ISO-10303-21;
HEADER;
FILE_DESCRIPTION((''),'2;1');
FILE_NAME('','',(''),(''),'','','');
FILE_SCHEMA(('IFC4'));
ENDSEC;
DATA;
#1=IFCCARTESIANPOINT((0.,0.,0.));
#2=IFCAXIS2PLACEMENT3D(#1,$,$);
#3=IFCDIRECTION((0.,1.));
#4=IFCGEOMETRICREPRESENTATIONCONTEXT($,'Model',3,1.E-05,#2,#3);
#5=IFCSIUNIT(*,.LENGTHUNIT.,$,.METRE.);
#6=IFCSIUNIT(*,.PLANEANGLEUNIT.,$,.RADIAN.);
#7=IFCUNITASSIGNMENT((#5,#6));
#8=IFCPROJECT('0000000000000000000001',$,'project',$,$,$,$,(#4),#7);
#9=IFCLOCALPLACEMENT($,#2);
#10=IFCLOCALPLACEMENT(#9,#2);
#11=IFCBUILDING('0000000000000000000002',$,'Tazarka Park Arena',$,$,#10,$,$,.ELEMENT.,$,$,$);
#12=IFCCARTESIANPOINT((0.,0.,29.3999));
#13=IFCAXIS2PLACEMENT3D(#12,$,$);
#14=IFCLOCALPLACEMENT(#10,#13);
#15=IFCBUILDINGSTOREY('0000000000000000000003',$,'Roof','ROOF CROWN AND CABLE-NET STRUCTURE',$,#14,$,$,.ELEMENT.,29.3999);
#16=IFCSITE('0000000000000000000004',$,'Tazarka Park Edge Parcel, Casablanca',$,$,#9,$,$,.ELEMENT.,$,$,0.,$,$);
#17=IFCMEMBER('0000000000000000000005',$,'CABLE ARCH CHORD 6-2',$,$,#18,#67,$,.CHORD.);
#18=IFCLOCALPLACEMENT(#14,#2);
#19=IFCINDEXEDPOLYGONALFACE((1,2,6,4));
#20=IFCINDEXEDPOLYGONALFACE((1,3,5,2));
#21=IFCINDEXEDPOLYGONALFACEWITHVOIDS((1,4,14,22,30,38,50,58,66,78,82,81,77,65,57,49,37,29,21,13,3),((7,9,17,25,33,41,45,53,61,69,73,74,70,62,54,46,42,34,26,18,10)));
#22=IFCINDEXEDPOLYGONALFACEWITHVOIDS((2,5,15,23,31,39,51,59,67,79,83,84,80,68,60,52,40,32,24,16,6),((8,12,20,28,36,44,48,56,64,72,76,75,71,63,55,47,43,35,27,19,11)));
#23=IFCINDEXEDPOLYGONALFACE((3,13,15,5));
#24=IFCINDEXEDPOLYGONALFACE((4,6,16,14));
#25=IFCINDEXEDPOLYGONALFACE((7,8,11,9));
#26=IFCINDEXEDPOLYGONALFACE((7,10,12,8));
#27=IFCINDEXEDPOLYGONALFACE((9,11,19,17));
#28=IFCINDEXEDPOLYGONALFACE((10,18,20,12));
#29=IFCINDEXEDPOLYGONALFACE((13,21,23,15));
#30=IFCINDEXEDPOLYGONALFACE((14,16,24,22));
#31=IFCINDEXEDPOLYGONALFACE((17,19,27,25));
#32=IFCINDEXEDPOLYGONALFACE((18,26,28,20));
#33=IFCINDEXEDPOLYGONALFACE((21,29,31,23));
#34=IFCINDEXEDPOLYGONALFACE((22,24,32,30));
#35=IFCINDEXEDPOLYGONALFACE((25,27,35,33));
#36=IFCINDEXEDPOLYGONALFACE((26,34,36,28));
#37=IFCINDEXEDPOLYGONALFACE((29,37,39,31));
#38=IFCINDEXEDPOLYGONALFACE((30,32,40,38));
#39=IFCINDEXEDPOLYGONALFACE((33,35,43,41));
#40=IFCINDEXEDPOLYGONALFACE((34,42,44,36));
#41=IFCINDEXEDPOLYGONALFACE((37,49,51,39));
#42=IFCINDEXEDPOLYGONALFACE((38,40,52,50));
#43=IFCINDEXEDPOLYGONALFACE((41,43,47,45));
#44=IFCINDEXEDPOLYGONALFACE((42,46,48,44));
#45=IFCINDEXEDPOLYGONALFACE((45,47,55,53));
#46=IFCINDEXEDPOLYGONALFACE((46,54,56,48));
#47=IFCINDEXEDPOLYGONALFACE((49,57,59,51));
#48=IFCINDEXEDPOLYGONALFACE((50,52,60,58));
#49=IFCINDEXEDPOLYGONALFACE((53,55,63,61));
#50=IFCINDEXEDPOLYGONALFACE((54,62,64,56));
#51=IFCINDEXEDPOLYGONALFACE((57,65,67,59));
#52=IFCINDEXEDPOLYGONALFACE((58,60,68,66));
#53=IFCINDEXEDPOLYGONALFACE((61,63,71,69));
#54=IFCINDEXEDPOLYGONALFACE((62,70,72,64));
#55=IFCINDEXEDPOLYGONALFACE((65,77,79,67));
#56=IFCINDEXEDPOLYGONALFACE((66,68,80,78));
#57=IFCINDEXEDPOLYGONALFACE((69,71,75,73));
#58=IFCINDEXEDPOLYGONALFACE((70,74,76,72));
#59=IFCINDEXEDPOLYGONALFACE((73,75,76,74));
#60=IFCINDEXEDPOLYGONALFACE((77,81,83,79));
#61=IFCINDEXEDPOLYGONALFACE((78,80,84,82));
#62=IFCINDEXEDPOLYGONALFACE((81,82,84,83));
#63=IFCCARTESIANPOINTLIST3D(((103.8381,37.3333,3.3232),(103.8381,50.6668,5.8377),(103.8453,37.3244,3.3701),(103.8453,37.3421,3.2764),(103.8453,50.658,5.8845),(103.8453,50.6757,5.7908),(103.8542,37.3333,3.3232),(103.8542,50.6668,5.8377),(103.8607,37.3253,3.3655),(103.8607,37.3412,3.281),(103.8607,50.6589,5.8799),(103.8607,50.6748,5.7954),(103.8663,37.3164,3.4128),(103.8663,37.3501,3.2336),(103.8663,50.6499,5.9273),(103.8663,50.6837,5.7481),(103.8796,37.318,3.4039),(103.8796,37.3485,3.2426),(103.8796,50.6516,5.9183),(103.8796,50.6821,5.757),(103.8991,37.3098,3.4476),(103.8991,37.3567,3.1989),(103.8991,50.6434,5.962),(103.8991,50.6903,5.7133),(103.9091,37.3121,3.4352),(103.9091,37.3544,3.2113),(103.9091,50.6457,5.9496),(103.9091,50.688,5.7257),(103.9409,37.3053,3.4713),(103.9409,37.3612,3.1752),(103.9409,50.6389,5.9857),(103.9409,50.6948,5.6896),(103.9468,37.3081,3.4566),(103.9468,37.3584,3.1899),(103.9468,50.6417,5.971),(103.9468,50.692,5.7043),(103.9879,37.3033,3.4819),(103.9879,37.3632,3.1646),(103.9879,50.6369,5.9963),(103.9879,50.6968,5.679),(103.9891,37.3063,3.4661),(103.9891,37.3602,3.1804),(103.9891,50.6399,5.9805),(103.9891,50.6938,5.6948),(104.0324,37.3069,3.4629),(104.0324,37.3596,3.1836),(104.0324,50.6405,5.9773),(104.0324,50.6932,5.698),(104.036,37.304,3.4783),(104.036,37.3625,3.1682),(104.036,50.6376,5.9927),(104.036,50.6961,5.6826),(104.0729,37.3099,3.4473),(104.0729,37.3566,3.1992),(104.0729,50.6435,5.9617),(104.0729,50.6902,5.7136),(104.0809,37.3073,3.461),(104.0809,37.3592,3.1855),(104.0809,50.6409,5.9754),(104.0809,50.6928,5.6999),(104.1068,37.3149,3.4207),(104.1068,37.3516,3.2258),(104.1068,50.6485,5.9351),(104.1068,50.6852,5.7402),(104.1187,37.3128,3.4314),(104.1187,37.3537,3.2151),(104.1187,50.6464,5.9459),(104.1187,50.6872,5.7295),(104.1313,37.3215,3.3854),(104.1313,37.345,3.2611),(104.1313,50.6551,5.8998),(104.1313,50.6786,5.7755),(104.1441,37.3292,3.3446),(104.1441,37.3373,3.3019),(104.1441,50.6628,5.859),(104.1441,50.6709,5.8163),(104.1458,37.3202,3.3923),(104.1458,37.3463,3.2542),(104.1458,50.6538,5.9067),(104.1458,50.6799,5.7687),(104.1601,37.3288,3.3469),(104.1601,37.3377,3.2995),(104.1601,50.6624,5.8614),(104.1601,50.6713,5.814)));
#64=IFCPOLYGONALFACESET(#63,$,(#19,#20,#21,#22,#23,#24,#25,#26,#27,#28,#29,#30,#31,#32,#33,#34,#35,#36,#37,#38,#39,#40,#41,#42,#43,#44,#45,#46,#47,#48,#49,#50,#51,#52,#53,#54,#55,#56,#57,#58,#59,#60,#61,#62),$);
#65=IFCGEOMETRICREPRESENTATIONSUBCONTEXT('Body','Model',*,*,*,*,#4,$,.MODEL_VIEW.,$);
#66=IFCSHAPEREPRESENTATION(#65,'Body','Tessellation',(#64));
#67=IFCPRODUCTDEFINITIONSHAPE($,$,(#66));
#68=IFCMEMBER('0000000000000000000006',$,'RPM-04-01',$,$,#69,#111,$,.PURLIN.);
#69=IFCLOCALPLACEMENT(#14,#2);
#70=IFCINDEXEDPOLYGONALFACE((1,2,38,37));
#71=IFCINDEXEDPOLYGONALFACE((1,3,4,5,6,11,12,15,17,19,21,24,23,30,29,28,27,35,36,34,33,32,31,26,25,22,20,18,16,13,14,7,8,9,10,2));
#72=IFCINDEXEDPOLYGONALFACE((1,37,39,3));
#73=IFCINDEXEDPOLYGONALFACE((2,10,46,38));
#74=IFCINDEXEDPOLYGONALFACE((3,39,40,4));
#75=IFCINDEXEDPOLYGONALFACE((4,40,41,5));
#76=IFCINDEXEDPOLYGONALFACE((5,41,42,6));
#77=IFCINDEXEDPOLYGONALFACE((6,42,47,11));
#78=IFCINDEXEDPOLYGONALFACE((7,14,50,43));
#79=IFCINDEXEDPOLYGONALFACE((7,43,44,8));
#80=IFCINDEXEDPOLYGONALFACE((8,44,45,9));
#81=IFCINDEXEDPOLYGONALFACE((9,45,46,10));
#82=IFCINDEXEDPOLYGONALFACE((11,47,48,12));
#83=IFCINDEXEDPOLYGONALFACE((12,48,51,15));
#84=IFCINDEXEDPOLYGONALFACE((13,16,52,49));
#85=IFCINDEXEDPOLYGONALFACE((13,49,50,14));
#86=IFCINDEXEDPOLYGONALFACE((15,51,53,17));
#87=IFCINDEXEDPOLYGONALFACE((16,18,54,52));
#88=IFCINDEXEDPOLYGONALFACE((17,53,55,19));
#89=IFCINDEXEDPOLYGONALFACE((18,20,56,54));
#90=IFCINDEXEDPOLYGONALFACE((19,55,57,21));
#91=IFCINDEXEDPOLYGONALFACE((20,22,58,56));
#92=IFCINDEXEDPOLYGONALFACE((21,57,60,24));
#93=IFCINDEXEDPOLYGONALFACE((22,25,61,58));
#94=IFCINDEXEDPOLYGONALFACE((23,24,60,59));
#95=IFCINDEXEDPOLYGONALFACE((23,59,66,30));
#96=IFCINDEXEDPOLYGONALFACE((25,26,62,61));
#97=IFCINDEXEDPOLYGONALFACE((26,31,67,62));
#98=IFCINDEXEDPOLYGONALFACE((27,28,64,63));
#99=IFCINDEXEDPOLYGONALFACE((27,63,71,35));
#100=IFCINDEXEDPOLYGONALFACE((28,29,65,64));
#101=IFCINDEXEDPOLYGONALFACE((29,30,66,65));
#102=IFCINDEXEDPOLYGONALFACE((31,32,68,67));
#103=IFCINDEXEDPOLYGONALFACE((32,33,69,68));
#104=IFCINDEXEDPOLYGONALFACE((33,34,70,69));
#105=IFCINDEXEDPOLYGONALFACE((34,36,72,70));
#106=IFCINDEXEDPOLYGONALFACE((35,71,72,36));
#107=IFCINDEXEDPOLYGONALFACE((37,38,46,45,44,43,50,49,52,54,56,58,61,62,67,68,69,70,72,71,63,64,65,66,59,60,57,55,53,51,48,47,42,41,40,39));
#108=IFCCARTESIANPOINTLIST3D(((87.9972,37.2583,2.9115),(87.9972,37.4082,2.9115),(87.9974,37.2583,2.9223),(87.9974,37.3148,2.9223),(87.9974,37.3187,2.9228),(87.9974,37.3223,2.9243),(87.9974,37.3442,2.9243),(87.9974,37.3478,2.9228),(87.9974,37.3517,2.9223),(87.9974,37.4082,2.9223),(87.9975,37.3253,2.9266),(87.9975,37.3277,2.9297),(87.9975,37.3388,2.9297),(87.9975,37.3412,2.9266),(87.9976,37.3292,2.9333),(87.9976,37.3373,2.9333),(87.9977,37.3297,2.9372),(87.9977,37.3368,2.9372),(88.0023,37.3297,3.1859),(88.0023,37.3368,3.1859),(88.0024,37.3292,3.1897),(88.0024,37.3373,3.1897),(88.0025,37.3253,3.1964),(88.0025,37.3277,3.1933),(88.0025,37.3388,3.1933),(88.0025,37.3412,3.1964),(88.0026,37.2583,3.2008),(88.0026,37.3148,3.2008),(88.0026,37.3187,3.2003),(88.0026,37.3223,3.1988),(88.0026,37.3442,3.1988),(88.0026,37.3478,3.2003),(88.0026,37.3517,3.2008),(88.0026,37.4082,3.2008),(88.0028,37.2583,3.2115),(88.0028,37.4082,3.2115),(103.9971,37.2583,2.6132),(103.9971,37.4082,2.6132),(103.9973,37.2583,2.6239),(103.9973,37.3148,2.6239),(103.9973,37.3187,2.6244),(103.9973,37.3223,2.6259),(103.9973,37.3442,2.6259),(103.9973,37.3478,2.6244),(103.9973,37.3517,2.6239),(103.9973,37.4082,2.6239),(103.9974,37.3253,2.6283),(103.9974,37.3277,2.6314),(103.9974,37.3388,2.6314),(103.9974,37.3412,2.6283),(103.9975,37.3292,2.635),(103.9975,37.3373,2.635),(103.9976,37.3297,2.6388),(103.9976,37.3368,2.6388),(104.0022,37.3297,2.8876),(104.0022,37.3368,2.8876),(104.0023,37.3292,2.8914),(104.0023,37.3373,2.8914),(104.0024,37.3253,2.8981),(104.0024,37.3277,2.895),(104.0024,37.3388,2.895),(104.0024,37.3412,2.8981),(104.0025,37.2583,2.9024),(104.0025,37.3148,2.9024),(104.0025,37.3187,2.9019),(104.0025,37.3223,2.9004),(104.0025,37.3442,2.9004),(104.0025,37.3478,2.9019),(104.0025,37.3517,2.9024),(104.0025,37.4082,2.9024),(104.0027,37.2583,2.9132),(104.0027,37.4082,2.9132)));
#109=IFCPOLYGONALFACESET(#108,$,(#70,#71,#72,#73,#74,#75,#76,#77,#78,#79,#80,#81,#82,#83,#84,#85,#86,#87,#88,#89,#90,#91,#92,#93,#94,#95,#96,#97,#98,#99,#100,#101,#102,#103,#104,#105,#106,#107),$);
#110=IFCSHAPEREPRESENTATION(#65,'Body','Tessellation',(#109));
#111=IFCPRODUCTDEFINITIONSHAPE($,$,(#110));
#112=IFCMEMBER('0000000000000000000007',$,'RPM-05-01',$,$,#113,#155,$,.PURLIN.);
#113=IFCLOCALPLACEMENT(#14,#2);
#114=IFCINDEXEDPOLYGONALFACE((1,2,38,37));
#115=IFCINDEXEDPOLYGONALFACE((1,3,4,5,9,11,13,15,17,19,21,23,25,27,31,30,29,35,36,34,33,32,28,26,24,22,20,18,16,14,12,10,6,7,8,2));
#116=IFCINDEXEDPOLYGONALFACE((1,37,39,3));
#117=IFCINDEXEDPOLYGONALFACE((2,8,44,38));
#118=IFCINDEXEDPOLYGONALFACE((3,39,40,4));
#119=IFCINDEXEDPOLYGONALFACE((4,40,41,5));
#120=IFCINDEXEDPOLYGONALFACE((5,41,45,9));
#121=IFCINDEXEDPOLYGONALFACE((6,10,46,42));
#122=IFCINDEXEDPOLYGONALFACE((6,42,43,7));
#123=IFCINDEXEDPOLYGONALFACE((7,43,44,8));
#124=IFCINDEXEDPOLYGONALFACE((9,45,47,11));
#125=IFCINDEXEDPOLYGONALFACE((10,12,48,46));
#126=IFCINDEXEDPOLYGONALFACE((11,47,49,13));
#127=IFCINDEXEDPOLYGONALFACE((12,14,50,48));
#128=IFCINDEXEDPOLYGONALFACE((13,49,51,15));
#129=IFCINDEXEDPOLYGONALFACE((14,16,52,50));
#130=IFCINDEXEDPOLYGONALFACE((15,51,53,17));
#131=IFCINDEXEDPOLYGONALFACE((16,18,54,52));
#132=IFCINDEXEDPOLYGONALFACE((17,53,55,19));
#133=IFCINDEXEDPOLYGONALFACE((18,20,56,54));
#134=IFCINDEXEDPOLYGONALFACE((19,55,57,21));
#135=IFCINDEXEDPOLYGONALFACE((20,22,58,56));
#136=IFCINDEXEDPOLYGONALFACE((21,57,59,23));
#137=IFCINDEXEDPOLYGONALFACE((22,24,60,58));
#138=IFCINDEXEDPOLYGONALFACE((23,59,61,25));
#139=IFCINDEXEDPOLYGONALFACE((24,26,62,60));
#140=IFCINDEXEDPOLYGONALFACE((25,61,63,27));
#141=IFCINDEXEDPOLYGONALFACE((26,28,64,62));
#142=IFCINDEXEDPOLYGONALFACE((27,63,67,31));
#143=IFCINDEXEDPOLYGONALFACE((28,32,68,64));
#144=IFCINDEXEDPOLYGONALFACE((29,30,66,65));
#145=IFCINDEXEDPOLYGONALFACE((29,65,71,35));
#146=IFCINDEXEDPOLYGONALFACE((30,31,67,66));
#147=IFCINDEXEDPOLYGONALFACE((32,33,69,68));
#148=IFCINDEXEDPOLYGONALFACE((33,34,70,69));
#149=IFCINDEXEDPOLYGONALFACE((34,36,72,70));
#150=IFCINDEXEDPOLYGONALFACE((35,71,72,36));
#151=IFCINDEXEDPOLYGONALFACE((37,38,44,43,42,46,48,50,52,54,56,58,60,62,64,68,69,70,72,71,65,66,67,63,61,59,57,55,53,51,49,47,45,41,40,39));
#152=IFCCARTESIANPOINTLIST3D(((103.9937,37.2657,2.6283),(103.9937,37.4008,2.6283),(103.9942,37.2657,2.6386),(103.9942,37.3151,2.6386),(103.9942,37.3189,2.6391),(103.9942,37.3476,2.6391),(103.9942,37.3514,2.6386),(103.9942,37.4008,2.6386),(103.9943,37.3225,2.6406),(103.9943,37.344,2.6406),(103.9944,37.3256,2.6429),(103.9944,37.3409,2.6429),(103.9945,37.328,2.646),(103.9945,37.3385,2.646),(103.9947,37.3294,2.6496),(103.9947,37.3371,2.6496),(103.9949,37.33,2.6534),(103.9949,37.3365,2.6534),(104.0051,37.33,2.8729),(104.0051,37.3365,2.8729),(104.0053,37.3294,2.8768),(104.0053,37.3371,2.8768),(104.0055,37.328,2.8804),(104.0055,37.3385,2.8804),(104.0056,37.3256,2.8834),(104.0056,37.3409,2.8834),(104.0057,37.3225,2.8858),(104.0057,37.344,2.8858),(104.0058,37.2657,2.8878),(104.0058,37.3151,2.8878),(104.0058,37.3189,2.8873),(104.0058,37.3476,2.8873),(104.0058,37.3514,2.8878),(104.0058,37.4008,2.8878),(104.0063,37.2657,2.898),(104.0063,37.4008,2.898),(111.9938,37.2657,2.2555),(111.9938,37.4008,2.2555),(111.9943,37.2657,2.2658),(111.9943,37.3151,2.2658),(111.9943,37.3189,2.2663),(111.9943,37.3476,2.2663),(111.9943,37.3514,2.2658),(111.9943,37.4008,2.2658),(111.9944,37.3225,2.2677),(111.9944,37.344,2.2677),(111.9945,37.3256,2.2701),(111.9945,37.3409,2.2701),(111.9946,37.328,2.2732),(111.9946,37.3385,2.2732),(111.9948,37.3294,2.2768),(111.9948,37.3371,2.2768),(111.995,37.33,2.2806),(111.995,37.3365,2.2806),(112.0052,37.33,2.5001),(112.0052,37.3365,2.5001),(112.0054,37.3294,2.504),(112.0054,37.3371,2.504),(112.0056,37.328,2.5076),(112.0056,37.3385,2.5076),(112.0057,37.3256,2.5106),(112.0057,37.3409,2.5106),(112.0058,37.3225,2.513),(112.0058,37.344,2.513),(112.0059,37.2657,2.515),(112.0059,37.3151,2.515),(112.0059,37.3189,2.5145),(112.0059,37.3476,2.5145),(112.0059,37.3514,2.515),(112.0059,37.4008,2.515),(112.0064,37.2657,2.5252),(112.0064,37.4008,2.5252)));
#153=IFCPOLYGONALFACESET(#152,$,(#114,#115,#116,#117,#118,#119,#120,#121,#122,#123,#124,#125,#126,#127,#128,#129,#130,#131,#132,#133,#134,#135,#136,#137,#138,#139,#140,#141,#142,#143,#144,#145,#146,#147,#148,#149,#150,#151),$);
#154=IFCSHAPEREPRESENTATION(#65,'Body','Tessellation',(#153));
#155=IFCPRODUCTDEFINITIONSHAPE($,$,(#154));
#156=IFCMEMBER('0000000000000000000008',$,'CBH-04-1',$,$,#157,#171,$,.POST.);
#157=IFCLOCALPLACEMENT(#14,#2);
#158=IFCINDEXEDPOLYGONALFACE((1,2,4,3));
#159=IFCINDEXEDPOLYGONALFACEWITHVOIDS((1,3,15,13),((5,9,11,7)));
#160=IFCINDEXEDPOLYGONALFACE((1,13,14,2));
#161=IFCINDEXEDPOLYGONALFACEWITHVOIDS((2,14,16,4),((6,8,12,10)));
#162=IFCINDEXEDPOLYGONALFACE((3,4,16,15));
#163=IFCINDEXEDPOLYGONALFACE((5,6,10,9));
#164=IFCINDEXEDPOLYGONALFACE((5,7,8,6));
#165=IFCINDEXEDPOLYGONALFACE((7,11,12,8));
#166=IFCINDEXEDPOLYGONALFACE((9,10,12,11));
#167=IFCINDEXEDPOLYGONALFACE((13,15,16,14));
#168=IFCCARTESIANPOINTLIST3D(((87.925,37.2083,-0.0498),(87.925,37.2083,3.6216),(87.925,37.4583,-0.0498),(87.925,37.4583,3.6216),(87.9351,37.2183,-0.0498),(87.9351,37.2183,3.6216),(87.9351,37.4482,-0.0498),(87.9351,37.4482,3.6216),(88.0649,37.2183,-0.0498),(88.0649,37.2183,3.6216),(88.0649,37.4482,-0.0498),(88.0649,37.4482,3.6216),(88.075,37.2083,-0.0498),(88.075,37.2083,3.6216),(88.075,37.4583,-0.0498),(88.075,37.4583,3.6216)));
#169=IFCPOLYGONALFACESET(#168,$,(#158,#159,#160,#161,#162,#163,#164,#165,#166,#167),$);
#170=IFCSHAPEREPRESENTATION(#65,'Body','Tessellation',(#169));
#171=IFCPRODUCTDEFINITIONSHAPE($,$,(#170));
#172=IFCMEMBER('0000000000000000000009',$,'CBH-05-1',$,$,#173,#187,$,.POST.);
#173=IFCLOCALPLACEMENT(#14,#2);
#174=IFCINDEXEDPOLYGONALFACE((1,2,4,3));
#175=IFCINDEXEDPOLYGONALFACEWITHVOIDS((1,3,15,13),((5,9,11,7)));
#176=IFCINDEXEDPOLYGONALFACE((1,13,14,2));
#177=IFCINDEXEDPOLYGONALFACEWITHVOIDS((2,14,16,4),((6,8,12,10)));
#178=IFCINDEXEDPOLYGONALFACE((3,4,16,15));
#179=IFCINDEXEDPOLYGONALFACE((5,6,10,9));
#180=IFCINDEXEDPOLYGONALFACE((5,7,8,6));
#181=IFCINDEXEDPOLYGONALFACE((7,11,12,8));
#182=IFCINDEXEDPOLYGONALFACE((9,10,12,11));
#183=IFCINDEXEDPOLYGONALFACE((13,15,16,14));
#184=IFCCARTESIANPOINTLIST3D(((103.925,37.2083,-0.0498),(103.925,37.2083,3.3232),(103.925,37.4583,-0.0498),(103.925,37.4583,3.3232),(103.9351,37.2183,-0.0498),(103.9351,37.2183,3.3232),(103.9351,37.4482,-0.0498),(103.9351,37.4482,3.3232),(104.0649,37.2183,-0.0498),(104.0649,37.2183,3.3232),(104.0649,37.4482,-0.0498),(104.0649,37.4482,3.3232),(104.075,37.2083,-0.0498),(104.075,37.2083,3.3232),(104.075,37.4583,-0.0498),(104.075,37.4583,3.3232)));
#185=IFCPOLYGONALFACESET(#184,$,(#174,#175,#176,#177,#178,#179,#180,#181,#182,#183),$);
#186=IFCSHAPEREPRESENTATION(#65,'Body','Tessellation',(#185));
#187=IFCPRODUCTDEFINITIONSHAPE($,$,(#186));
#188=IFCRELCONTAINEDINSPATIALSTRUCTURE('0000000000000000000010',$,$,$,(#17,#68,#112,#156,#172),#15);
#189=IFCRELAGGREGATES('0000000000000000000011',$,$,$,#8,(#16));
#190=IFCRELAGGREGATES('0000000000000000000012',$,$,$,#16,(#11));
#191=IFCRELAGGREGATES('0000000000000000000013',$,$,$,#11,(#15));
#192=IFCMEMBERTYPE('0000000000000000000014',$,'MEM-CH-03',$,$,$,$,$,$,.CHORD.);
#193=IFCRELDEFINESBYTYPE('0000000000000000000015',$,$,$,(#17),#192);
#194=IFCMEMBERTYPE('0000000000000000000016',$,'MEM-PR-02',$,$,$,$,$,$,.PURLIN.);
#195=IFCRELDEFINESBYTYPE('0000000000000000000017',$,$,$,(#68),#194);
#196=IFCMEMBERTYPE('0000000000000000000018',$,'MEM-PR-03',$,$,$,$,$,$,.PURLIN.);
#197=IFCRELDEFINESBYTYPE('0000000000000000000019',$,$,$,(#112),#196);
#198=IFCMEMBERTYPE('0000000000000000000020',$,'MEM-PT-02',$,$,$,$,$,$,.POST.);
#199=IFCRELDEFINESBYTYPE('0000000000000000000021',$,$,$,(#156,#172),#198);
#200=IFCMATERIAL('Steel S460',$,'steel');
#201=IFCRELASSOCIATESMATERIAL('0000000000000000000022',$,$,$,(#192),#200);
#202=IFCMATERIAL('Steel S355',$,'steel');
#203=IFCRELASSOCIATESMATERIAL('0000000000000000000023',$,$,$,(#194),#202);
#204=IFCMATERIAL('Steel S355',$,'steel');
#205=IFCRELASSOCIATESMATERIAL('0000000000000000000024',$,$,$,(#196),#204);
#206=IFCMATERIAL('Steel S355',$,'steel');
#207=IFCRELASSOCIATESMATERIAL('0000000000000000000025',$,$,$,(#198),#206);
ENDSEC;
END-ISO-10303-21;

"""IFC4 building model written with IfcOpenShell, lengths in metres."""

from ifc_helpers import new_model, si_unit, direction, frame, origin, origin_2d, place, context, subcontext, project, spatial, hollow_rectangle, hollow_circle, i_section, extrude, material, material_profile, profile_set, type_object, element, save


model = new_model("IFC4")

# Units and contexts
model_context = context("Model", 3, precision=1e-05, world=origin(), true_north=direction((0.0, 1.0)))
body_context = subcontext(model_context, "Body", "Model", "MODEL_VIEW")
ifc_project = project(units=[si_unit("LENGTHUNIT", "METRE"), si_unit("PLANEANGLEUNIT", "RADIAN")], contexts=[model_context])

# Site, building, storey
site_placement = place(None, origin())
site = spatial("IfcSite", under=ifc_project, at=site_placement, Name="Tazarka Park Edge Parcel, Casablanca", CompositionType="ELEMENT", RefElevation=0.0)
building_placement = place(site_placement, origin())
building = spatial("IfcBuilding", under=site, at=building_placement, Name="Tazarka Park Arena", CompositionType="ELEMENT")
storey_placement = place(building_placement, frame((0.0, 0.0, 29.3999)))
storey = spatial("IfcBuildingStorey", under=building, at=storey_placement, Name="Roof", Description="ROOF CROWN AND CABLE-NET STRUCTURE", CompositionType="ELEMENT", Elevation=29.3999)

# Members
ifc_material_1 = material(Name="Steel S460", Category="steel")
ifc_material_profile_1 = material_profile(ifc_material_1, hollow_circle(Radius=0.1619, WallThickness=0.0161, at=origin_2d()), Name="Steel S460")
ifc_profile_set_1 = profile_set([ifc_material_profile_1], Name="Steel S460")
member_type_1 = type_object("IfcMemberType", Name="MEM-CH-03", PredefinedType="CHORD", material=ifc_profile_set_1)
member_1_placement = place(storey_placement, frame((104.0, 37.3333, 3.3232), z_axis=(0.0, 0.98268, 0.185312), x_axis=(-1.0, 0.0, 0.0)))
element("IfcMember", 1, at=member_1_placement, inside=storey, type_object=member_type_1, Name="CABLE ARCH CHORD 6-2", PredefinedType="CHORD", context=body_context, shape_type="SweptSolid", body=[
    extrude(hollow_circle(Radius=0.1619, WallThickness=0.0161, at=origin_2d()), origin(), (0.0, 0.0, 1.0), 13.5686),
])
ifc_material_2 = material(Name="Steel S355", Category="steel")
ifc_material_profile_2 = material_profile(ifc_material_2, i_section(OverallWidth=0.1499, OverallDepth=0.3, WebThickness=0.0071, FlangeThickness=0.0107, FilletRadius=0.0149, at=origin_2d()), Name="Steel S355")
ifc_profile_set_2 = profile_set([ifc_material_profile_2], Name="Steel S355")
member_type_2 = type_object("IfcMemberType", Name="MEM-PR-02", PredefinedType="PURLIN", material=ifc_profile_set_2)
member_2_placement = place(storey_placement, frame((88.0, 37.3333, 3.0615), z_axis=(0.999826, 0.0, -0.018643), x_axis=(0.0, 1.0, 0.0)))
element("IfcMember", 2, at=member_2_placement, inside=storey, type_object=member_type_2, Name="RPM-04-01", PredefinedType="PURLIN", context=body_context, shape_type="SweptSolid", body=[
    extrude(i_section(OverallWidth=0.1499, OverallDepth=0.3, WebThickness=0.0071, FlangeThickness=0.0107, FilletRadius=0.0149, at=origin_2d()), origin(), (0.0, 0.0, 1.0), 16.0027),
])
ifc_material_3 = material(Name="Steel S355", Category="steel")
ifc_material_profile_3 = material_profile(ifc_material_3, i_section(OverallWidth=0.135, OverallDepth=0.27, WebThickness=0.0066, FlangeThickness=0.0103, FilletRadius=0.0149, at=origin_2d()), Name="Steel S355")
ifc_profile_set_3 = profile_set([ifc_material_profile_3], Name="Steel S355")
member_type_3 = type_object("IfcMemberType", Name="MEM-PR-03", PredefinedType="PURLIN", material=ifc_profile_set_3)
member_3_placement = place(storey_placement, frame((104.0, 37.3333, 2.7632), z_axis=(0.998916, 0.0, -0.04655), x_axis=(0.0, 1.0, 0.0)))
element("IfcMember", 3, at=member_3_placement, inside=storey, type_object=member_type_3, Name="RPM-05-01", PredefinedType="PURLIN", context=body_context, shape_type="SweptSolid", body=[
    extrude(i_section(OverallWidth=0.135, OverallDepth=0.27, WebThickness=0.0066, FlangeThickness=0.0103, FilletRadius=0.0149, at=origin_2d()), origin(), (0.0, 0.0, 1.0), 8.0088),
])
ifc_material_4 = material(Name="Steel S355", Category="steel")
ifc_material_profile_4 = material_profile(ifc_material_4, hollow_rectangle(XDim=0.1499, YDim=0.25, WallThickness=0.01, at=origin_2d()), Name="Steel S355")
ifc_profile_set_4 = profile_set([ifc_material_profile_4], Name="Steel S355")
member_type_4 = type_object("IfcMemberType", Name="MEM-PT-02", PredefinedType="POST", material=ifc_profile_set_4)
member_4_placement = place(storey_placement, frame((88.0, 37.3333, -0.0498), z_axis=(0.0, 0.0, 1.0), x_axis=(1.0, 0.0, 0.0)))
element("IfcMember", 4, at=member_4_placement, inside=storey, type_object=member_type_4, Name="CBH-04-1", PredefinedType="POST", context=body_context, shape_type="SweptSolid", body=[
    extrude(hollow_rectangle(XDim=0.1499, YDim=0.25, WallThickness=0.01, at=origin_2d()), origin(), (0.0, 0.0, 1.0), 3.6714),
])
member_5_placement = place(storey_placement, frame((104.0, 37.3333, -0.0498), z_axis=(0.0, 0.0, 1.0), x_axis=(1.0, 0.0, 0.0)))
element("IfcMember", 5, at=member_5_placement, inside=storey, type_object=member_type_4, Name="CBH-05-1", PredefinedType="POST", context=body_context, shape_type="SweptSolid", body=[
    extrude(hollow_rectangle(XDim=0.1499, YDim=0.25, WallThickness=0.01, at=origin_2d()), origin(), (0.0, 0.0, 1.0), 3.373),
])

save(model, "model.ifc")
